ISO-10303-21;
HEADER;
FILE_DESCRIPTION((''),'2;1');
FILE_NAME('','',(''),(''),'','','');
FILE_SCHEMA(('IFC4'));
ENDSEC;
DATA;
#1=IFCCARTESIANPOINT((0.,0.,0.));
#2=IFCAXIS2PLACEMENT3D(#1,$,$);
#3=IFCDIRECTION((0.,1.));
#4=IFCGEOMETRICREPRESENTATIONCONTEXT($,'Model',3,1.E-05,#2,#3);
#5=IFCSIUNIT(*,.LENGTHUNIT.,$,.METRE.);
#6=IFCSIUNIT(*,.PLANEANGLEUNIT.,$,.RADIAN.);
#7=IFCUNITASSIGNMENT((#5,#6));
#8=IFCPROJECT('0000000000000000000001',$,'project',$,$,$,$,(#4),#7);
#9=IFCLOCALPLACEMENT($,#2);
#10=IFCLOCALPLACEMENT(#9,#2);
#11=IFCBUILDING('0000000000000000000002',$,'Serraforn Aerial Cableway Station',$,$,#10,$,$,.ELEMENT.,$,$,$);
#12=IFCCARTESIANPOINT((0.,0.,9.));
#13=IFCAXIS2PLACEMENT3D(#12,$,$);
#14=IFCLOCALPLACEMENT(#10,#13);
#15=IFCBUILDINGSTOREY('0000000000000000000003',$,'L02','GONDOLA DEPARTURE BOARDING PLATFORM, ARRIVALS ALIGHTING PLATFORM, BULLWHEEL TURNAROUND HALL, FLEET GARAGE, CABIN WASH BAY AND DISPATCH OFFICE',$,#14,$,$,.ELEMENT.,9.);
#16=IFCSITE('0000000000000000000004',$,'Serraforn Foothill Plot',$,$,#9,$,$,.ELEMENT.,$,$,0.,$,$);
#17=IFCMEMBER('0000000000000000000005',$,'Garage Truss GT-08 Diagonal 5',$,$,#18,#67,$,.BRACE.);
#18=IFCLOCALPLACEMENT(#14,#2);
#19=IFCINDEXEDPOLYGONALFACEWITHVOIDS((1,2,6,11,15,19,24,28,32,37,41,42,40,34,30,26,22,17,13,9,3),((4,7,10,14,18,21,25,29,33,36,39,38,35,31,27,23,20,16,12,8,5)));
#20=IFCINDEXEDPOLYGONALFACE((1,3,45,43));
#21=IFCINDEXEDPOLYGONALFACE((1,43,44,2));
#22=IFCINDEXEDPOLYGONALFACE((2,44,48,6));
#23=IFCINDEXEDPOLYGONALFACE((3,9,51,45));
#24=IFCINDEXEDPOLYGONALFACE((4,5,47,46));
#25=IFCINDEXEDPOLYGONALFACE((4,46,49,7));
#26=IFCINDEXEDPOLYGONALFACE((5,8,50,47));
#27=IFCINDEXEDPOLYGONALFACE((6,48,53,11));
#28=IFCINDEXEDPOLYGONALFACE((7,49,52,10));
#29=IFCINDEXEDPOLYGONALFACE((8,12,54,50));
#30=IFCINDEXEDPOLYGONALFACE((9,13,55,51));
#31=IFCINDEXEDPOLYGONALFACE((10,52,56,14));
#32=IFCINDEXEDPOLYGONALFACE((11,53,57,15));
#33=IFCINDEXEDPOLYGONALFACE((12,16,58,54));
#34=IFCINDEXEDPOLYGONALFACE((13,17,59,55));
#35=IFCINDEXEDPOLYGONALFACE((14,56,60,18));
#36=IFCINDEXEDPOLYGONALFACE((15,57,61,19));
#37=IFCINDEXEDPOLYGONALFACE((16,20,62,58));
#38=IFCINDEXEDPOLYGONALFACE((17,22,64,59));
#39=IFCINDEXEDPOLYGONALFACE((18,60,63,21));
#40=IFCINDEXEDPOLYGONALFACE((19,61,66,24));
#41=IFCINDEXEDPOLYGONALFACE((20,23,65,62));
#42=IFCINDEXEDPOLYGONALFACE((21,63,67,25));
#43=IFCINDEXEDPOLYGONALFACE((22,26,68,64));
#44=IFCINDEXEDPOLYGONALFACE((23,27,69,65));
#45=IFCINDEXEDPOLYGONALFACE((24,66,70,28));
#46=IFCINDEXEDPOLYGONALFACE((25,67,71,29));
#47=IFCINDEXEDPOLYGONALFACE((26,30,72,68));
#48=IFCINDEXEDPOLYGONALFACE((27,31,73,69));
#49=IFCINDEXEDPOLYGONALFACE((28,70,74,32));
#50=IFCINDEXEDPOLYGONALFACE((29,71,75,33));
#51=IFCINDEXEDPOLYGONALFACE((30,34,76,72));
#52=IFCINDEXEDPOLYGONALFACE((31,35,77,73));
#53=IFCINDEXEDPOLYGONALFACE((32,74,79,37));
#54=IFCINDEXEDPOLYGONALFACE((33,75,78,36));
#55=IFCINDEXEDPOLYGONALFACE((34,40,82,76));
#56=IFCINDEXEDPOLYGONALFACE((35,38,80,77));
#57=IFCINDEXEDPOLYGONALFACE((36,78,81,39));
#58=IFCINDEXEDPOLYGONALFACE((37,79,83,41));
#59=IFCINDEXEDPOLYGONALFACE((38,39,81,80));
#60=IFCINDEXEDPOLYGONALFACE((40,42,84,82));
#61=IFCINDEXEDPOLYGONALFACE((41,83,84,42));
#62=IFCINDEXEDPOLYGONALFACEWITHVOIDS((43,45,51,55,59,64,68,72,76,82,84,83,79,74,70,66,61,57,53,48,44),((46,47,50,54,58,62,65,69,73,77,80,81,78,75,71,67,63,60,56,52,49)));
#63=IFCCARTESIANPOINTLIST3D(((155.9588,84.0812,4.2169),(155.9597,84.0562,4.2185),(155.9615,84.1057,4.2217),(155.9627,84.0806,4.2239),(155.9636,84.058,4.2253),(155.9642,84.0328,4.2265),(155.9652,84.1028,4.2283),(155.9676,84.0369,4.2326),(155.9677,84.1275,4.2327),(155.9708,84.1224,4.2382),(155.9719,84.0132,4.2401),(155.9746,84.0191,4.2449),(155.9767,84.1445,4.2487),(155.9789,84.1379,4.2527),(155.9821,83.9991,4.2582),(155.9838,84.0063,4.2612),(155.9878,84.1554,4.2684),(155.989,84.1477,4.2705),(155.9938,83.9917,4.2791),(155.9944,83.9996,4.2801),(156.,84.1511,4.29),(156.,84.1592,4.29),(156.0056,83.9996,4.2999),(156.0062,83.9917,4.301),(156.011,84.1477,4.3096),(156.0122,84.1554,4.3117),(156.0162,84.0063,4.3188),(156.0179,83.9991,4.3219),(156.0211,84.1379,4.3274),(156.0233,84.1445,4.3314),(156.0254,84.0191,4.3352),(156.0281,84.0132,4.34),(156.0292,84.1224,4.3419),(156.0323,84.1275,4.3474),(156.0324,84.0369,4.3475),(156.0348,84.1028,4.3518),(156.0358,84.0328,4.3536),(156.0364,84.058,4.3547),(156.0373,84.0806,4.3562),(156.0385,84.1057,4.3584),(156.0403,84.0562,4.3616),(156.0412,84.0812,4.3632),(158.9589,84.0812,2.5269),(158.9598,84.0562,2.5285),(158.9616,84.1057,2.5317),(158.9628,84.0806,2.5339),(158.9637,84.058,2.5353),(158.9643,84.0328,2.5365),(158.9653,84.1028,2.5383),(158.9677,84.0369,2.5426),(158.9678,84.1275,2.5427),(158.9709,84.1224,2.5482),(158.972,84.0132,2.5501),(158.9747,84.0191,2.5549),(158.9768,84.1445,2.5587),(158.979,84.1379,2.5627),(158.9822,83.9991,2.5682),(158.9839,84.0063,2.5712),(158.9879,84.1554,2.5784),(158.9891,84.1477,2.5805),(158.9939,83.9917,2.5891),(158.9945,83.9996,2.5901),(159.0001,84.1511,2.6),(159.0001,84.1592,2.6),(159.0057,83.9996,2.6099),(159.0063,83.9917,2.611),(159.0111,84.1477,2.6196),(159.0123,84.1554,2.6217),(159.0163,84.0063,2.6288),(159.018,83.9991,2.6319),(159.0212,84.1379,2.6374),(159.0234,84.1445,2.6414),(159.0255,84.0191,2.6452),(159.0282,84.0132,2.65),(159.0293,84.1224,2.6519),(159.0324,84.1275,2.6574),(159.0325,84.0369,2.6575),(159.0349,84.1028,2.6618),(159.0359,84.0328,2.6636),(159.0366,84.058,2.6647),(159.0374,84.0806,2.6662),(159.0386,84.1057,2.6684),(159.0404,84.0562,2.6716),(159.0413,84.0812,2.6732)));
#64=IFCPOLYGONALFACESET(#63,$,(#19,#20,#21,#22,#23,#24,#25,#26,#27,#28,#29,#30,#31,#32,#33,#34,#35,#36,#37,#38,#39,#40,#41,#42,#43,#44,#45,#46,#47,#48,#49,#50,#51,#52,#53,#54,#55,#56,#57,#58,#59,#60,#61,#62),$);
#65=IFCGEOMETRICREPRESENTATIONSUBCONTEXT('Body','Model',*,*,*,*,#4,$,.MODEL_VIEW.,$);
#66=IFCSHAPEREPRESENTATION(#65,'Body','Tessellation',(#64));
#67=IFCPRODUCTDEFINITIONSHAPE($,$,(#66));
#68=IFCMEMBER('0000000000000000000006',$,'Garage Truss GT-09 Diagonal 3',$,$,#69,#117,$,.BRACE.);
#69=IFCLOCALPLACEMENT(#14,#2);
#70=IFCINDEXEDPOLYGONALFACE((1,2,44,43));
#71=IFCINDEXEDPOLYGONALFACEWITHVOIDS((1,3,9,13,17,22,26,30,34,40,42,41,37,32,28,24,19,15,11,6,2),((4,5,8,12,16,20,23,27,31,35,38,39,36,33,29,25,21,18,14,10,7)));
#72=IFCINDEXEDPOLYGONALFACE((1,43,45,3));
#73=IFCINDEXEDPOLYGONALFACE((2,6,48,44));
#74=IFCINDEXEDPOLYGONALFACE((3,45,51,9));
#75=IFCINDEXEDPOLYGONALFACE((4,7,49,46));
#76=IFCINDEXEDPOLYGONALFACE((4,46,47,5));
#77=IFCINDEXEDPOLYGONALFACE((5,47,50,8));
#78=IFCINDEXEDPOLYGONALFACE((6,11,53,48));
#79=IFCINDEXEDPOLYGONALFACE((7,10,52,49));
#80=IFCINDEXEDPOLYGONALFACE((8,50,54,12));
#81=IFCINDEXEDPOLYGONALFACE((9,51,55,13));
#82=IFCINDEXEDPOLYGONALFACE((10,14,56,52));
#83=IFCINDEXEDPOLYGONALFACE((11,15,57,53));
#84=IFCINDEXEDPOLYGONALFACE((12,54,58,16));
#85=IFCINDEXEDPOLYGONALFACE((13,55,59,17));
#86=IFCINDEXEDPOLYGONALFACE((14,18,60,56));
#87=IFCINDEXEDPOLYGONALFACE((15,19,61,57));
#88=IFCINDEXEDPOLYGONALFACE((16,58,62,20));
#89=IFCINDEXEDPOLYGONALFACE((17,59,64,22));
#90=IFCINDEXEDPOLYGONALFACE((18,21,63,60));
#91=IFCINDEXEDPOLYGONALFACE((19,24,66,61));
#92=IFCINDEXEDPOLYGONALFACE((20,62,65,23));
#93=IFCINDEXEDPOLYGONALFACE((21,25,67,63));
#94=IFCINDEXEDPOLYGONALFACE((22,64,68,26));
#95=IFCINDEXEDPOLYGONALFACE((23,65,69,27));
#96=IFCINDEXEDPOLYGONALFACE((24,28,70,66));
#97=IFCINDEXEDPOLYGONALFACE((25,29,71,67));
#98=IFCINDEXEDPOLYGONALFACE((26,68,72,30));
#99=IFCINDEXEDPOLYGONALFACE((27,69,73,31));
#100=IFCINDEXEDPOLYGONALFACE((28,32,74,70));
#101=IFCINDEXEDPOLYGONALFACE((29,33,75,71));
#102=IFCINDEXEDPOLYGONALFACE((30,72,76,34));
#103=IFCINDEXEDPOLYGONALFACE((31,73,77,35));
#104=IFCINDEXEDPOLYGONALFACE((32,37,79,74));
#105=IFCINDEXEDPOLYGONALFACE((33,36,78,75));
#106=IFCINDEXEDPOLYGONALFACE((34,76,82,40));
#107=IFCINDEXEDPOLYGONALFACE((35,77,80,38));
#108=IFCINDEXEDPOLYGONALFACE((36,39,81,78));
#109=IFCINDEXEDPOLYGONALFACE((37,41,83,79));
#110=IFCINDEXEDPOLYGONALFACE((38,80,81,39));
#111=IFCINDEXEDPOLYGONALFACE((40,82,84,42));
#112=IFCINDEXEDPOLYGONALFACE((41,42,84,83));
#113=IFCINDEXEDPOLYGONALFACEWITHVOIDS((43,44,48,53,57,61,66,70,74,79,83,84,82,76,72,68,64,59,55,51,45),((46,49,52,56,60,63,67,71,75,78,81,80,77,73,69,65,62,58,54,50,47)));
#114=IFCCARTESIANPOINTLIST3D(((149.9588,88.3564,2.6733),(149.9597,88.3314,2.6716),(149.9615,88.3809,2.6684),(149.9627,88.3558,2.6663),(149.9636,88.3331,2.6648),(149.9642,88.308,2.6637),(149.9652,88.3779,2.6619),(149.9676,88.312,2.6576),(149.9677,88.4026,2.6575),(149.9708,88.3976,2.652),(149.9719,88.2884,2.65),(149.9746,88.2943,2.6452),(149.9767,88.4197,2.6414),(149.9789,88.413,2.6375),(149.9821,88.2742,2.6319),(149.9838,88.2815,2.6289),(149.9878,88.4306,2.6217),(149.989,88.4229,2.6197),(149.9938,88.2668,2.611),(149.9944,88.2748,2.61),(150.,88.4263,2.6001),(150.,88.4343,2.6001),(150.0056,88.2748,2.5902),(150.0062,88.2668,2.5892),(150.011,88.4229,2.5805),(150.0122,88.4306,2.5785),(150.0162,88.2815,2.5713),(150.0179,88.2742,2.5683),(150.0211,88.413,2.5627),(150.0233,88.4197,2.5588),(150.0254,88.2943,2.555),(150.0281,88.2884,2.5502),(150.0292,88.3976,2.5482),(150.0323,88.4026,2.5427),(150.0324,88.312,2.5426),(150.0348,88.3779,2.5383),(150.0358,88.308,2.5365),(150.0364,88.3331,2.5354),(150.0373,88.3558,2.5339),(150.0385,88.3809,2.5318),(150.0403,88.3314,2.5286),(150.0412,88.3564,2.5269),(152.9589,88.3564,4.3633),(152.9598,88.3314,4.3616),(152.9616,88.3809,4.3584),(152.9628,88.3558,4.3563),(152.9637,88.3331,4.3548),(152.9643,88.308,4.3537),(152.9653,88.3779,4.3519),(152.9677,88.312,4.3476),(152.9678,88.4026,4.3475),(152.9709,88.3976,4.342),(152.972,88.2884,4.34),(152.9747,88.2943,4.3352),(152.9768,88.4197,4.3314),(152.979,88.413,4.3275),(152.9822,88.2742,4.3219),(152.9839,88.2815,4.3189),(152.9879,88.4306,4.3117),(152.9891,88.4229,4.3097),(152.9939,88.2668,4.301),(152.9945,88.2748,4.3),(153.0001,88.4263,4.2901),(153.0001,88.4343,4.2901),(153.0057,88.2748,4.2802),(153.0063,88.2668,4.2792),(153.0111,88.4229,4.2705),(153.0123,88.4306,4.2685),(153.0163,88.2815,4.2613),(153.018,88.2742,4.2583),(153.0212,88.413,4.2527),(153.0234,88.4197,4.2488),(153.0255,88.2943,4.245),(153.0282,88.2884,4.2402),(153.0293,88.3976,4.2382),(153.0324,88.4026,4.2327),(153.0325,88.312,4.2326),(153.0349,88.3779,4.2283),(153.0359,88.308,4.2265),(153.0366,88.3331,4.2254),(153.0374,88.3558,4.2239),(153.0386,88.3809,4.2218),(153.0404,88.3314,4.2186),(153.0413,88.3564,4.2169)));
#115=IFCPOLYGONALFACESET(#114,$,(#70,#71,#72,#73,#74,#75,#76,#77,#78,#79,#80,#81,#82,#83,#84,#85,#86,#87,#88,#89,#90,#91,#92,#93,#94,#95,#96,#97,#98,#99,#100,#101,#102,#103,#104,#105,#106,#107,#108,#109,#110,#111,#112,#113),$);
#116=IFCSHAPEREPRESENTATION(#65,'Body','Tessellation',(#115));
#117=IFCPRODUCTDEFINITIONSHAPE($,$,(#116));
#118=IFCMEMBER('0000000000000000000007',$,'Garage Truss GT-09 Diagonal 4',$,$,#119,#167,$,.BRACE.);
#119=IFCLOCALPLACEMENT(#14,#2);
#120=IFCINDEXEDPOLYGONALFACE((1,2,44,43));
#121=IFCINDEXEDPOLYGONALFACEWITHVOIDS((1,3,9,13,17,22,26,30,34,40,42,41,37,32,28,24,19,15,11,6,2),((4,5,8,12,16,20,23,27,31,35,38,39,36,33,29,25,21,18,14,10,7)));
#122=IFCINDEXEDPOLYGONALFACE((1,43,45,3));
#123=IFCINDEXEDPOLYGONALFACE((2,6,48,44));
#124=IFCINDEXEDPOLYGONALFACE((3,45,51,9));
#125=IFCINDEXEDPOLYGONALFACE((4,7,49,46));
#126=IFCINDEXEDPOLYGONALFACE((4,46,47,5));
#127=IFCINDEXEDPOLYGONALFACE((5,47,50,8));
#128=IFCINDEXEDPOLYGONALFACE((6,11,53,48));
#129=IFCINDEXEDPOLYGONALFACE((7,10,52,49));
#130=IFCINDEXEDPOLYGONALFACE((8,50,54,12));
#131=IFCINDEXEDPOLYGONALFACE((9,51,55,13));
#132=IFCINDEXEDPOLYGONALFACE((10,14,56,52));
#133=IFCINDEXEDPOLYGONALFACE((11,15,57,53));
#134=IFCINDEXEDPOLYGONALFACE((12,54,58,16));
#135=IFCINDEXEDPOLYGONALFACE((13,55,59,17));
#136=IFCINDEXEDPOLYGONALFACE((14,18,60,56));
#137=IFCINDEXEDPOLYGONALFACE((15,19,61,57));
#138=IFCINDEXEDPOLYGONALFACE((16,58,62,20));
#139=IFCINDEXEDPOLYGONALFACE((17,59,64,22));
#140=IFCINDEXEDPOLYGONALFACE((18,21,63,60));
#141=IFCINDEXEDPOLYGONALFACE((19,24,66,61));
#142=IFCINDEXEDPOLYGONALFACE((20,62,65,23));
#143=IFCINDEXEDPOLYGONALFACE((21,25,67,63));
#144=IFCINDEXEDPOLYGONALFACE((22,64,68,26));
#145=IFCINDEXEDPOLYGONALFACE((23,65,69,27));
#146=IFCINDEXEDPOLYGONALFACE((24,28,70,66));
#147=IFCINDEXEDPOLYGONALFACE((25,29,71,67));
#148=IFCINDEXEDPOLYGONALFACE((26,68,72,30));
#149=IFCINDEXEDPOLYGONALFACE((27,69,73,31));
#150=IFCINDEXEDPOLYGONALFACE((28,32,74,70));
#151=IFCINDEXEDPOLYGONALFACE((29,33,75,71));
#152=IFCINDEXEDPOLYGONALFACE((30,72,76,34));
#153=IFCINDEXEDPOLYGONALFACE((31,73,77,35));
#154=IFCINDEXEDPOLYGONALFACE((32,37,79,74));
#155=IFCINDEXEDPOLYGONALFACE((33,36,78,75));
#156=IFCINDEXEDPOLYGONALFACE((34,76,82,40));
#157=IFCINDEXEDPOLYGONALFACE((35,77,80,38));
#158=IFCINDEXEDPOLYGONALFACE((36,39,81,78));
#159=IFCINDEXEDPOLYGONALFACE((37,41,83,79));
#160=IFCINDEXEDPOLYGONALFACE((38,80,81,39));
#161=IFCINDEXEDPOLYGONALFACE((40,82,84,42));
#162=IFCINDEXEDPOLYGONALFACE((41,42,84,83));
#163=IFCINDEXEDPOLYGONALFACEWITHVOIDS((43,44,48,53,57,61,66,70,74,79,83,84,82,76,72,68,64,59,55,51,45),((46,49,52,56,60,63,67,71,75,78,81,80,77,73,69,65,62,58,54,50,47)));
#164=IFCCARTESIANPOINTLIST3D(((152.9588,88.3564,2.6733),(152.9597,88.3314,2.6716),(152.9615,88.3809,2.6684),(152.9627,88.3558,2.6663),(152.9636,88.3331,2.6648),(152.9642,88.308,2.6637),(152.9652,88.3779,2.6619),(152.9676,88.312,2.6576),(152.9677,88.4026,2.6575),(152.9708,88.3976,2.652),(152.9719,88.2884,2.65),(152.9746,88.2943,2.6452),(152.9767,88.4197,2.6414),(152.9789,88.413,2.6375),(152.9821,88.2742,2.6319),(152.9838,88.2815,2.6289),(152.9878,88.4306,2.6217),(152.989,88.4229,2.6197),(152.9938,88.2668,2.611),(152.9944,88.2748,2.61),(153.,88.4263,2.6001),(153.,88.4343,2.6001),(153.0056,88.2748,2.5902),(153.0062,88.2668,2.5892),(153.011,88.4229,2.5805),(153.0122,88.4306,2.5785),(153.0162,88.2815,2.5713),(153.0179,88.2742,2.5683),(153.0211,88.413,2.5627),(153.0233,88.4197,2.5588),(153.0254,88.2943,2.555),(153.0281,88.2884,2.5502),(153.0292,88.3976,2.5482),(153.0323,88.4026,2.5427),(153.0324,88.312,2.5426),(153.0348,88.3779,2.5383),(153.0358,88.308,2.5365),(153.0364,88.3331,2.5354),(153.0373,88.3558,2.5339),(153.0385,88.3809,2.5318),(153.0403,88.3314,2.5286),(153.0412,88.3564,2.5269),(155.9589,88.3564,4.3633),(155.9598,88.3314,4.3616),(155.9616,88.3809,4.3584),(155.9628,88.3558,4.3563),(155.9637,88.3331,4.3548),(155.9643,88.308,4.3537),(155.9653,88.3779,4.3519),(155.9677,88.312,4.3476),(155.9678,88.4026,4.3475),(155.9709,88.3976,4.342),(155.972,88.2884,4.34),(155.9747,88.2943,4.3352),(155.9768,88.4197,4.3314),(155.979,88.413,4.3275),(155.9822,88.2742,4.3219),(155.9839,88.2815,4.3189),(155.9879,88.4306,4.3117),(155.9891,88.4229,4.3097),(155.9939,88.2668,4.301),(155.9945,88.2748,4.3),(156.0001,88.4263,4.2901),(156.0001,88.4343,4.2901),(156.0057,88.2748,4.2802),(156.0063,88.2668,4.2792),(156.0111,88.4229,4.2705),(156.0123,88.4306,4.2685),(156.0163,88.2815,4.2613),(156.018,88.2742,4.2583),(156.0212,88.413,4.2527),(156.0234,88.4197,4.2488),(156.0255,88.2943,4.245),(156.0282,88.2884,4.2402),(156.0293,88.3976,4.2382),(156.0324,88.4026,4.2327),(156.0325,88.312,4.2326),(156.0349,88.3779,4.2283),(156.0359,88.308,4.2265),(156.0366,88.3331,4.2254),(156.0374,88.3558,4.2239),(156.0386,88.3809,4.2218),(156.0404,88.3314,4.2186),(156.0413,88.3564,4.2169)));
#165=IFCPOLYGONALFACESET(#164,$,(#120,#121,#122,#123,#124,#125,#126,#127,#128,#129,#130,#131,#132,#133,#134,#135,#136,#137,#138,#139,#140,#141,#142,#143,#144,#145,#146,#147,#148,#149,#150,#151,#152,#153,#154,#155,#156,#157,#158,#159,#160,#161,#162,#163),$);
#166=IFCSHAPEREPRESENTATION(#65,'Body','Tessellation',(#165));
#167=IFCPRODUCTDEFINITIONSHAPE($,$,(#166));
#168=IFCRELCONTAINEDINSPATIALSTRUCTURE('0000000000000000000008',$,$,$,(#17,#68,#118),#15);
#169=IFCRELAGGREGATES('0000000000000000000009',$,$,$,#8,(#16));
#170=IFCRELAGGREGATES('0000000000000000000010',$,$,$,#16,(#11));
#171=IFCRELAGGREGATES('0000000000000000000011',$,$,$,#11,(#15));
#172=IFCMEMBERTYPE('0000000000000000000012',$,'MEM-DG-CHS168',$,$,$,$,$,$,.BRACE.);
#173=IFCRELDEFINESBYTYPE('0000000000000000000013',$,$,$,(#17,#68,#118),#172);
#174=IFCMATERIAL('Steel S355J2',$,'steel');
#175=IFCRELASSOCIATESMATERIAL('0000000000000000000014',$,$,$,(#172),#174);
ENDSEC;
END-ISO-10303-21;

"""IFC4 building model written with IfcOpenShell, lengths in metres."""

from ifc_helpers import new_model, si_unit, direction, frame, origin, origin_2d, place, context, subcontext, project, spatial, hollow_circle, extrude, material, material_profile, profile_set, type_object, element, save


model = new_model("IFC4")

# Units and contexts
model_context = context("Model", 3, precision=1e-05, world=origin(), true_north=direction((0.0, 1.0)))
body_context = subcontext(model_context, "Body", "Model", "MODEL_VIEW")
ifc_project = project(units=[si_unit("LENGTHUNIT", "METRE"), si_unit("PLANEANGLEUNIT", "RADIAN")], contexts=[model_context])

# Site, building, storey
site_placement = place(None, origin())
site = spatial("IfcSite", under=ifc_project, at=site_placement, Name="Serraforn Foothill Plot", CompositionType="ELEMENT", RefElevation=0.0)
building_placement = place(site_placement, origin())
building = spatial("IfcBuilding", under=site, at=building_placement, Name="Serraforn Aerial Cableway Station", CompositionType="ELEMENT")
storey_placement = place(building_placement, frame((0.0, 0.0, 9.0)))
storey = spatial("IfcBuildingStorey", under=building, at=storey_placement, Name="L02", Description="GONDOLA DEPARTURE BOARDING PLATFORM, ARRIVALS ALIGHTING PLATFORM, BULLWHEEL TURNAROUND HALL, FLEET GARAGE, CABIN WASH BAY AND DISPATCH OFFICE", CompositionType="ELEMENT", Elevation=9.0)

# Shared definitions
ifc_material_1 = material(Name="Steel S355J2", Category="steel")

# Members
ifc_material_profile_1 = material_profile(ifc_material_1, hollow_circle(Radius=0.0842, WallThickness=0.0081, at=origin_2d()), Name="CHS 168.3x8.0")
ifc_profile_set_1 = profile_set([ifc_material_profile_1], Name="Steel S355J2")
member_type_1 = type_object("IfcMemberType", Name="MEM-DG-CHS168", PredefinedType="BRACE", material=ifc_profile_set_1)
for number, where, z_axis, x_axis, name in (
    (1, (156.0, 84.075, 4.29), (0.871272, 0.0, -0.4908), (0.0, 1.0, 0.0), "Garage Truss GT-08 Diagonal 5"),
    (2, (150.0, 88.3501, 2.6001), (0.871272, 0.0, 0.4908), (0.0, 1.0, 0.0), "Garage Truss GT-09 Diagonal 3"),
    (3, (153.0, 88.3501, 2.6001), (0.871272, 0.0, 0.4908), (0.0, 1.0, 0.0), "Garage Truss GT-09 Diagonal 4"),
):
    element("IfcMember", number, at=place(storey_placement, frame(where, z_axis=z_axis, x_axis=x_axis)), inside=storey, type_object=member_type_1, Name=name, PredefinedType="BRACE", context=body_context, shape_type="SweptSolid", body=[
        extrude(hollow_circle(Radius=0.0842, WallThickness=0.0081, at=origin_2d()), origin(), (0.0, 0.0, 1.0), 3.4434),
    ])

save(model, "model.ifc")
